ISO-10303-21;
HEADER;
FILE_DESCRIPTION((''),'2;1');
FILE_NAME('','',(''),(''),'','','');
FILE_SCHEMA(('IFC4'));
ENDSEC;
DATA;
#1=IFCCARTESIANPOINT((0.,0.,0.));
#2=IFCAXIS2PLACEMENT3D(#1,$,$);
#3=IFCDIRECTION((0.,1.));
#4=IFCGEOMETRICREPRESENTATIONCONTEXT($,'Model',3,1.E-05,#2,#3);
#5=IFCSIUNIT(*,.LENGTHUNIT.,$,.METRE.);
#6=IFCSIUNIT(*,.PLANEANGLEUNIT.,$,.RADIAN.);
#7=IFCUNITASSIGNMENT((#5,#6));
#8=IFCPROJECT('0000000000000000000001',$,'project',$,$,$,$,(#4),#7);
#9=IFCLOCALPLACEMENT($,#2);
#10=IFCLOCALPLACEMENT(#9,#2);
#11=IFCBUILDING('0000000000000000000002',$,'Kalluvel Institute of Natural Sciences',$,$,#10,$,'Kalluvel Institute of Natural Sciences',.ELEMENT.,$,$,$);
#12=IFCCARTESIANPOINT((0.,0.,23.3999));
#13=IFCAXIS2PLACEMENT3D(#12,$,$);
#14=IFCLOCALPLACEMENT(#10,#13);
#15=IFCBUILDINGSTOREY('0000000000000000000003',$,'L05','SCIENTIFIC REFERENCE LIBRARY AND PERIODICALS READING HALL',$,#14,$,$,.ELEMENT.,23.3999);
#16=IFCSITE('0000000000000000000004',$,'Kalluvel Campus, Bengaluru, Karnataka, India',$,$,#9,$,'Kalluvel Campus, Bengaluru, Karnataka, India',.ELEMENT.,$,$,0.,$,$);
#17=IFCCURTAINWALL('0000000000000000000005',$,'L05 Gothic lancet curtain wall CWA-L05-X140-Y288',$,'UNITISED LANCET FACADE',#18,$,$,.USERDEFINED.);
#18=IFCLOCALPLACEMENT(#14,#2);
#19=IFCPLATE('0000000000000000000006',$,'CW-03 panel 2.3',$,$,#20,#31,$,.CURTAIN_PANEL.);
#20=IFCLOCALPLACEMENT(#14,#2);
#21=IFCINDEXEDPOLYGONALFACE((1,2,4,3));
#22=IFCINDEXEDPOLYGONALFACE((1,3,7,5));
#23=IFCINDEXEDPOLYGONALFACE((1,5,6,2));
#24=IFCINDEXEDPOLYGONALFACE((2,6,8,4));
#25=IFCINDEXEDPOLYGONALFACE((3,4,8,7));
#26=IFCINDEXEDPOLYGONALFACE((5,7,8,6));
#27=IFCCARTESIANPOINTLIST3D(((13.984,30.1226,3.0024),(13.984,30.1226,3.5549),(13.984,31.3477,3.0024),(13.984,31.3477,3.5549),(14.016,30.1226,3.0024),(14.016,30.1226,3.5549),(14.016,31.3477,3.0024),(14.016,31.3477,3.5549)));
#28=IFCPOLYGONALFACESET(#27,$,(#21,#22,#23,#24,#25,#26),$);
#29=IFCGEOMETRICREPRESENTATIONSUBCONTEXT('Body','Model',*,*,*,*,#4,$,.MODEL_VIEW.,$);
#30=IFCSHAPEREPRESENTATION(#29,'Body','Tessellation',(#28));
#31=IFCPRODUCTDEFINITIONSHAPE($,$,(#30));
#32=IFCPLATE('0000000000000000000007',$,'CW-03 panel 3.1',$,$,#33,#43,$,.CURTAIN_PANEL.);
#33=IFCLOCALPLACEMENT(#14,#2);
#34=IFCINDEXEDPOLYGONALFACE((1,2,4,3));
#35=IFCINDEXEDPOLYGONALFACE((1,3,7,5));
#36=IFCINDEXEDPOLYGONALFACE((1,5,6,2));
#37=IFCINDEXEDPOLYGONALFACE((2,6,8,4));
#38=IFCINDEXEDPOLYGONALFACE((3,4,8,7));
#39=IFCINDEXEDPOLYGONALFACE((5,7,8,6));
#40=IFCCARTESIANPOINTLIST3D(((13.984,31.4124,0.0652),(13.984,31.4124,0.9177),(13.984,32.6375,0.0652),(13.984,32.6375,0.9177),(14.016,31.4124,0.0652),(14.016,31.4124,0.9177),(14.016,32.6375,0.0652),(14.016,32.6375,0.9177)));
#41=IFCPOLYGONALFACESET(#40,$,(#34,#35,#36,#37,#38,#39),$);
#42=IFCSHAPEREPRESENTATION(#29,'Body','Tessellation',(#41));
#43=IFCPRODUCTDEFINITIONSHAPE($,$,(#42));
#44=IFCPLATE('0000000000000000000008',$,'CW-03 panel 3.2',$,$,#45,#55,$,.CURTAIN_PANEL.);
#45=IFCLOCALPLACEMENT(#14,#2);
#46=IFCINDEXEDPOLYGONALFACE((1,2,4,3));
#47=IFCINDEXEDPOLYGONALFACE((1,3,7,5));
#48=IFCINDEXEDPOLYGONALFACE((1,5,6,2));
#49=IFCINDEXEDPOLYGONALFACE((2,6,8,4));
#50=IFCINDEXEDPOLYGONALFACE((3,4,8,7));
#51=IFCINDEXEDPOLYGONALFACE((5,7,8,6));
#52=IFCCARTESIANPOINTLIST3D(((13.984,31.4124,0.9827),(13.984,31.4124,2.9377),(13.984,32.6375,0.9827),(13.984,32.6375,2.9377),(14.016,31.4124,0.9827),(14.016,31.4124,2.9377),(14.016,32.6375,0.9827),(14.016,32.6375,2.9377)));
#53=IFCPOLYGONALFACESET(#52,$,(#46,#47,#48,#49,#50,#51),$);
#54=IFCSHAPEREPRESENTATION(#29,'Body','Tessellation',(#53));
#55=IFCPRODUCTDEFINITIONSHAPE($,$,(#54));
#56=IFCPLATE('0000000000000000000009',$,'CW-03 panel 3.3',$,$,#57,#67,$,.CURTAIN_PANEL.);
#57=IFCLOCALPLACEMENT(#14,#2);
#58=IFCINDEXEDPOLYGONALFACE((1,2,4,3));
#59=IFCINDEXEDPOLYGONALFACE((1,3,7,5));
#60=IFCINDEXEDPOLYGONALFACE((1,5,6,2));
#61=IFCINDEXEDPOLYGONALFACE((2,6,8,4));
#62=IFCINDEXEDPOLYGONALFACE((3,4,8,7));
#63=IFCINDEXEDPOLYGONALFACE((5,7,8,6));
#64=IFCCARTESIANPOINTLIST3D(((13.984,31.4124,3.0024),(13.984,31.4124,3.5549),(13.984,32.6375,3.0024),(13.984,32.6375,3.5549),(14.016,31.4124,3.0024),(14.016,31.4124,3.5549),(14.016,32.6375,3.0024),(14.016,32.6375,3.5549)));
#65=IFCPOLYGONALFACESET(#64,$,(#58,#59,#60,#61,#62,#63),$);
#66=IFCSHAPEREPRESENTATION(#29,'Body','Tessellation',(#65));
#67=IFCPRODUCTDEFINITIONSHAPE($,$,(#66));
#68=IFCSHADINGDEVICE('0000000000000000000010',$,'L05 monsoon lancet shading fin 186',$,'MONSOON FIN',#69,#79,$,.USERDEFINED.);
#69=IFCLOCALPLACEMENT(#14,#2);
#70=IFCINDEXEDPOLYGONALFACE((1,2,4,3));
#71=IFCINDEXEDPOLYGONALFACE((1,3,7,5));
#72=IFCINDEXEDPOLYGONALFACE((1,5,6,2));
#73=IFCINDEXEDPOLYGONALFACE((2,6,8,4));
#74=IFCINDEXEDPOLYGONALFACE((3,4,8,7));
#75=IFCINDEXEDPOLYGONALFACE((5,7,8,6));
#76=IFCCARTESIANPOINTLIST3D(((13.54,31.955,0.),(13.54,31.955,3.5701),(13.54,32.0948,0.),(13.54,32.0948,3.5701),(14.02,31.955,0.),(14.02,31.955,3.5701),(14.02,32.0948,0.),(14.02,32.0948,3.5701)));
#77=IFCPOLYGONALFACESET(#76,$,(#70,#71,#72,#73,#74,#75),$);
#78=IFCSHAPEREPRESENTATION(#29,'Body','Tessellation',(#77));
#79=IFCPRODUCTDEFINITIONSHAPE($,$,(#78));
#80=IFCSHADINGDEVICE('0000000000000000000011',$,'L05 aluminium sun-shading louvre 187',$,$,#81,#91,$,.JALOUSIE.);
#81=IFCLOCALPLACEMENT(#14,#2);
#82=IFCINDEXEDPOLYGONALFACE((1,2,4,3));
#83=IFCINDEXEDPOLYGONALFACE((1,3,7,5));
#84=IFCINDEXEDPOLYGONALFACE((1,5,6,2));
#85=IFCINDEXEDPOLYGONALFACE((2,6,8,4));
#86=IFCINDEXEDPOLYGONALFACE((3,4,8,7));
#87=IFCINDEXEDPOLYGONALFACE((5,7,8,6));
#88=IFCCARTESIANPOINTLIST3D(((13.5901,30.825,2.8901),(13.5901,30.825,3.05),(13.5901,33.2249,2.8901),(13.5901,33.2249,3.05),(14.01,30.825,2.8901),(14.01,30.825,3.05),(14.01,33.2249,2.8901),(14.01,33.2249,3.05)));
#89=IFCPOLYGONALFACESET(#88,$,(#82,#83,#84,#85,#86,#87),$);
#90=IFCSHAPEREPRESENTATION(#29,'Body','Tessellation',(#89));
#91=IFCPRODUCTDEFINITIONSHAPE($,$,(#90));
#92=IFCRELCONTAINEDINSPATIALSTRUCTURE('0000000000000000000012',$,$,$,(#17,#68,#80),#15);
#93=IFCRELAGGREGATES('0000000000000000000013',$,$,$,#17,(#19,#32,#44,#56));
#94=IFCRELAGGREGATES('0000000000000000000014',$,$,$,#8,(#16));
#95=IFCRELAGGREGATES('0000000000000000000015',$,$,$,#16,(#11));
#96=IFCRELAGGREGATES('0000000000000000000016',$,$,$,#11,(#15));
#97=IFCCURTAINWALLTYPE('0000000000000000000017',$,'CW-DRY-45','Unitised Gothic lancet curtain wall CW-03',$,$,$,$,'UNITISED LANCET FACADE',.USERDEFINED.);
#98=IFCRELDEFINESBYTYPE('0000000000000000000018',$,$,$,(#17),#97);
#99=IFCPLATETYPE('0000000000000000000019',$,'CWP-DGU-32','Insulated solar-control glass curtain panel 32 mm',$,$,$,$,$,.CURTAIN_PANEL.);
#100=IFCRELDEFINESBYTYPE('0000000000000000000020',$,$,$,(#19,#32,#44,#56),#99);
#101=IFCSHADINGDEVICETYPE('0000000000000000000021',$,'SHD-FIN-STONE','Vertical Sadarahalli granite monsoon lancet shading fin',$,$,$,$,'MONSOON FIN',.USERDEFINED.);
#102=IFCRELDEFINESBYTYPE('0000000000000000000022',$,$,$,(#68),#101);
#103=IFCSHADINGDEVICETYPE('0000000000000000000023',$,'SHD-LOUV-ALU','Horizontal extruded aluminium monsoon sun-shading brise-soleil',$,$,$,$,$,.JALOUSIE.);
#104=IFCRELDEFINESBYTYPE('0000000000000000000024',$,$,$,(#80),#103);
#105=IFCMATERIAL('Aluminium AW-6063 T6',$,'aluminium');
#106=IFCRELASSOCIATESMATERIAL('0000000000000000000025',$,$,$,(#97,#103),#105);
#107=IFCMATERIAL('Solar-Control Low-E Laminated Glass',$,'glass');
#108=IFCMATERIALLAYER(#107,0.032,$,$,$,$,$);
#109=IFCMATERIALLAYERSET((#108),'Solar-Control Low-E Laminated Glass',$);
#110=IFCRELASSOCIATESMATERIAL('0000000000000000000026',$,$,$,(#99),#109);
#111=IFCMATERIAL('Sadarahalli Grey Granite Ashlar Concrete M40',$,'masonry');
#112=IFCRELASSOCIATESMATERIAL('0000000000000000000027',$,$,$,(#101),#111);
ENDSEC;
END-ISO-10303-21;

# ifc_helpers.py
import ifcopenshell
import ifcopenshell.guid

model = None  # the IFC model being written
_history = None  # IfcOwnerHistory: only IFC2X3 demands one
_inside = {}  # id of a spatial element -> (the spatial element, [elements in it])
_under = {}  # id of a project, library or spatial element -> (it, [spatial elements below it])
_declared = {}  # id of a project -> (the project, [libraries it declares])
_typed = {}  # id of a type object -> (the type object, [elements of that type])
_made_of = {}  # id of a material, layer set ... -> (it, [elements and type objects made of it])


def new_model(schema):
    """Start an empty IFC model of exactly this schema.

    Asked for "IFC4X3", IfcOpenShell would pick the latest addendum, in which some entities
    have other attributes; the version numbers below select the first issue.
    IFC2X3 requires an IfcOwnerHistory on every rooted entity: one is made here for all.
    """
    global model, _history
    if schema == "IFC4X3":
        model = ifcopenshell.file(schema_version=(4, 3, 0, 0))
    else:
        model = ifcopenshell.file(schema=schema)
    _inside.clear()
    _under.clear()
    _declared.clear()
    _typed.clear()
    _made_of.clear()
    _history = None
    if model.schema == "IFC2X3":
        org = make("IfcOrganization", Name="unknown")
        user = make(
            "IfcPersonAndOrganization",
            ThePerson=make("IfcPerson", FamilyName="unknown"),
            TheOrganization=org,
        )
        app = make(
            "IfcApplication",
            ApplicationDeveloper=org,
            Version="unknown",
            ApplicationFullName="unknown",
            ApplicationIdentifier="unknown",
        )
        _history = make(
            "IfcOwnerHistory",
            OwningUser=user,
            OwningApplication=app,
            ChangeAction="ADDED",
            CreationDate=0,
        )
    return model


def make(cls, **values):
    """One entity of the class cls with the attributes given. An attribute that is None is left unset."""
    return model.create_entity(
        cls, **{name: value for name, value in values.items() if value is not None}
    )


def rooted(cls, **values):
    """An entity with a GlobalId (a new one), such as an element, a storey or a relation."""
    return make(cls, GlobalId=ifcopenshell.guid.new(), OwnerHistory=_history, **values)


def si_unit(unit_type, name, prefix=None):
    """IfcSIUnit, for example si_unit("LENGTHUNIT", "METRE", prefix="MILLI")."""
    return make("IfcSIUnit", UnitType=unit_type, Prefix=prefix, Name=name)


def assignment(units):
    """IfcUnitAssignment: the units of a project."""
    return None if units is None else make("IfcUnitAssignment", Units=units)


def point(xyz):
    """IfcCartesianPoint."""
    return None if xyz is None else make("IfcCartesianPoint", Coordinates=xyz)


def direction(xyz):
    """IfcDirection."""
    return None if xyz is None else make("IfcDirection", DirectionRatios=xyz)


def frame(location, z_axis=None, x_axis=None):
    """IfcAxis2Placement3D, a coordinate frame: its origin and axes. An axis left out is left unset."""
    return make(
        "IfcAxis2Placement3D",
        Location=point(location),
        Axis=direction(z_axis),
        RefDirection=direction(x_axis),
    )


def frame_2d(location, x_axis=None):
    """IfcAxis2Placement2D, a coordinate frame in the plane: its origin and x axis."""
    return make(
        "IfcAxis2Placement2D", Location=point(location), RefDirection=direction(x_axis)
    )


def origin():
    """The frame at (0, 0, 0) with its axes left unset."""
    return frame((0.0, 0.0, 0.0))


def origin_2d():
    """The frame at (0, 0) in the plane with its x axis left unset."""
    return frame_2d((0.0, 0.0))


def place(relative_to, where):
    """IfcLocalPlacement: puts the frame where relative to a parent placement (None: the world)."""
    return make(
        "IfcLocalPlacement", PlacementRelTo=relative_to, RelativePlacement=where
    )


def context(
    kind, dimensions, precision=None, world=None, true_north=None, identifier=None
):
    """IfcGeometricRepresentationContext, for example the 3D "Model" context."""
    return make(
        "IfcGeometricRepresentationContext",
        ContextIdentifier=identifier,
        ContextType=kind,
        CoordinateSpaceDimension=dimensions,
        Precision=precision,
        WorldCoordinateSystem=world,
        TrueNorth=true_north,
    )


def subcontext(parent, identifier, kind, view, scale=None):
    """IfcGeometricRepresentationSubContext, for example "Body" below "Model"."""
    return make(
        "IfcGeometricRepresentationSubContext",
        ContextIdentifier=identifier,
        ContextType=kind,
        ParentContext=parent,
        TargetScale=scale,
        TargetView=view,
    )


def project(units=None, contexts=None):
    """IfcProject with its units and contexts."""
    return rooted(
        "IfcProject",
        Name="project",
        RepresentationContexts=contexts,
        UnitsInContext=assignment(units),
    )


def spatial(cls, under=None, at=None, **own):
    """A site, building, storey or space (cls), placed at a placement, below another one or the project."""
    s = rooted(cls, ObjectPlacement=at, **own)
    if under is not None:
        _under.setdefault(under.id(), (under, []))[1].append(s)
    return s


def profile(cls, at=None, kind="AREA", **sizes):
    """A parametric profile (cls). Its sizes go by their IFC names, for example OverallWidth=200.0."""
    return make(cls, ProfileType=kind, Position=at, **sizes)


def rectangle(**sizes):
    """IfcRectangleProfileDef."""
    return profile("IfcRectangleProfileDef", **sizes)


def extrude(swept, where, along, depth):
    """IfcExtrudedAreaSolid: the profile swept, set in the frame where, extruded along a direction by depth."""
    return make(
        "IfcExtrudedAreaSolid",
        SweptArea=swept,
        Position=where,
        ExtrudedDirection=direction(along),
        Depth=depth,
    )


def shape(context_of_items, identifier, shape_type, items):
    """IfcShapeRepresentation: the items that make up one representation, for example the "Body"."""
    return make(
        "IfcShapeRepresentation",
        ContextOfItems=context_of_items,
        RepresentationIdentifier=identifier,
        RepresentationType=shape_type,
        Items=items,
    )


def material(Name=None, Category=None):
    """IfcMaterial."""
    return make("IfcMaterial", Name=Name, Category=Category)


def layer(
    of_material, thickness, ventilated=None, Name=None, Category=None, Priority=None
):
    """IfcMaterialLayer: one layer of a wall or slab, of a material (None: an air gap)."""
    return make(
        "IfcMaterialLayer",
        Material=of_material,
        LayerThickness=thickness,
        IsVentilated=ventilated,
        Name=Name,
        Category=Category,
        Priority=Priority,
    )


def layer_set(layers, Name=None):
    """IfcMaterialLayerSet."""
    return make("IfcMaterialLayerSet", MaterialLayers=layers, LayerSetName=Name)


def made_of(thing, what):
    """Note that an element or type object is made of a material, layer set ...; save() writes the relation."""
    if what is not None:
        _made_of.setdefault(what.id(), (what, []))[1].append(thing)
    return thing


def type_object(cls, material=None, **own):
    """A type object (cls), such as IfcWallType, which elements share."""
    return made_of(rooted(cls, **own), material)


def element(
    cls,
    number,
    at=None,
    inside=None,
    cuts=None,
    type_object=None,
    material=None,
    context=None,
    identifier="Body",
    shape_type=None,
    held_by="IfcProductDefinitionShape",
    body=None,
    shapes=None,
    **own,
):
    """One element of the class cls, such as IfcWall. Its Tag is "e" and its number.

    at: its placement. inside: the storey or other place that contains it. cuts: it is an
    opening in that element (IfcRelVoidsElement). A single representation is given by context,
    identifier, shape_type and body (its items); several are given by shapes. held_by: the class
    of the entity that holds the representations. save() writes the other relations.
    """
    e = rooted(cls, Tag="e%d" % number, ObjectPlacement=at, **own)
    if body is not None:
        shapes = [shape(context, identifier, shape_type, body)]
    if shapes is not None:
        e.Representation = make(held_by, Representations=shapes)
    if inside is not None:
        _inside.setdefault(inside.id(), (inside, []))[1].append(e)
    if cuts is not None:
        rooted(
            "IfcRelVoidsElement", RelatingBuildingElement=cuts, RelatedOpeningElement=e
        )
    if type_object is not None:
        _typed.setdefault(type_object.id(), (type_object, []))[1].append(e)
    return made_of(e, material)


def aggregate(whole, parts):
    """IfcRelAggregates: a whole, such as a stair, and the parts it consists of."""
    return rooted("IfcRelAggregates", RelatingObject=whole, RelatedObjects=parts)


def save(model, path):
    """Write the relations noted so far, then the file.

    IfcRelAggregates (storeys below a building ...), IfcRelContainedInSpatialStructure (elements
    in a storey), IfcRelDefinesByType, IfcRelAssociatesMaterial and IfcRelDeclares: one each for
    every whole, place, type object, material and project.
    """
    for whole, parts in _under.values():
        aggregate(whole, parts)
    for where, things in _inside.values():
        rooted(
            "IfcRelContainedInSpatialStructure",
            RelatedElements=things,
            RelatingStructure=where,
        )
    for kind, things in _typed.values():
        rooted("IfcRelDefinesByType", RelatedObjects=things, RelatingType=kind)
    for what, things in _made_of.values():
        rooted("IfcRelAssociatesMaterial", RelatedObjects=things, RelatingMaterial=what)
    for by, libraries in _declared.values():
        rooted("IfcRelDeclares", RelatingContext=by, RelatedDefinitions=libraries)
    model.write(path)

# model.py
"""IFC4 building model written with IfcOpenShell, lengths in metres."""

from ifc_helpers import new_model, si_unit, direction, frame, origin, origin_2d, place, context, subcontext, project, spatial, rectangle, extrude, material, layer, layer_set, type_object, element, aggregate, save


model = new_model("IFC4")

# Units and contexts
model_context = context("Model", 3, precision=1e-05, world=origin(), true_north=direction((0.0, 1.0)))
body_context = subcontext(model_context, "Body", "Model", "MODEL_VIEW")
ifc_project = project(units=[si_unit("LENGTHUNIT", "METRE"), si_unit("PLANEANGLEUNIT", "RADIAN")], contexts=[model_context])

# Site, building, storey
site_placement = place(None, origin())
site = spatial("IfcSite", under=ifc_project, at=site_placement, Name="Kalluvel Campus, Bengaluru, Karnataka, India", LongName="Kalluvel Campus, Bengaluru, Karnataka, India", CompositionType="ELEMENT", RefElevation=0.0)
building_placement = place(site_placement, origin())
building = spatial("IfcBuilding", under=site, at=building_placement, Name="Kalluvel Institute of Natural Sciences", LongName="Kalluvel Institute of Natural Sciences", CompositionType="ELEMENT")
storey_placement = place(building_placement, frame((0.0, 0.0, 23.3999)))
storey = spatial("IfcBuildingStorey", under=building, at=storey_placement, Name="L05", Description="SCIENTIFIC REFERENCE LIBRARY AND PERIODICALS READING HALL", CompositionType="ELEMENT", Elevation=23.3999)

# Curtain wall
ifc_material_1 = material(Name="Aluminium AW-6063 T6", Category="aluminium")
curtain_wall_type = type_object("IfcCurtainWallType", Name="CW-DRY-45", Description="Unitised Gothic lancet curtain wall CW-03", ElementType="UNITISED LANCET FACADE", PredefinedType="USERDEFINED", material=ifc_material_1)
curtain_wall_placement = place(storey_placement, origin())
curtain_wall = element("IfcCurtainWall", 1, at=curtain_wall_placement, inside=storey, type_object=curtain_wall_type, Name="L05 Gothic lancet curtain wall CWA-L05-X140-Y288", ObjectType="UNITISED LANCET FACADE", PredefinedType="USERDEFINED")

# Plates
ifc_material_2 = material(Name="Solar-Control Low-E Laminated Glass", Category="glass")
ifc_layer = layer(ifc_material_2, 0.032)
ifc_layer_set = layer_set([ifc_layer], Name="Solar-Control Low-E Laminated Glass")
plate_type = type_object("IfcPlateType", Name="CWP-DGU-32", Description="Insulated solar-control glass curtain panel 32 mm", PredefinedType="CURTAIN_PANEL", material=ifc_layer_set)
plate_1_placement = place(storey_placement, frame((14.0, 30.7351, 3.0024), z_axis=(0.0, 0.0, 1.0), x_axis=(0.0, 1.0, 0.0)))
plate_1 = element("IfcPlate", 2, at=plate_1_placement, type_object=plate_type, Name="CW-03 panel 2.3", PredefinedType="CURTAIN_PANEL", context=body_context, shape_type="SweptSolid", body=[
    extrude(rectangle(XDim=1.2251, YDim=0.032, at=origin_2d()), origin(), (0.0, 0.0, 1.0), 0.5525),
])
plate_2_placement = place(storey_placement, frame((14.0, 32.0249, 0.0652), z_axis=(0.0, 0.0, 1.0), x_axis=(0.0, 1.0, 0.0)))
plate_2 = element("IfcPlate", 3, at=plate_2_placement, type_object=plate_type, Name="CW-03 panel 3.1", PredefinedType="CURTAIN_PANEL", context=body_context, shape_type="SweptSolid", body=[
    extrude(rectangle(XDim=1.2251, YDim=0.032, at=origin_2d()), origin(), (0.0, 0.0, 1.0), 0.8525),
])
plate_3_placement = place(storey_placement, frame((14.0, 32.0249, 0.9827), z_axis=(0.0, 0.0, 1.0), x_axis=(0.0, 1.0, 0.0)))
plate_3 = element("IfcPlate", 4, at=plate_3_placement, type_object=plate_type, Name="CW-03 panel 3.2", PredefinedType="CURTAIN_PANEL", context=body_context, shape_type="SweptSolid", body=[
    extrude(rectangle(XDim=1.2251, YDim=0.032, at=origin_2d()), origin(), (0.0, 0.0, 1.0), 1.9551),
])
plate_4_placement = place(storey_placement, frame((14.0, 32.0249, 3.0024), z_axis=(0.0, 0.0, 1.0), x_axis=(0.0, 1.0, 0.0)))
plate_4 = element("IfcPlate", 5, at=plate_4_placement, type_object=plate_type, Name="CW-03 panel 3.3", PredefinedType="CURTAIN_PANEL", context=body_context, shape_type="SweptSolid", body=[
    extrude(rectangle(XDim=1.2251, YDim=0.032, at=origin_2d()), origin(), (0.0, 0.0, 1.0), 0.5525),
])
aggregate(curtain_wall, [plate_1, plate_2, plate_3, plate_4])

# Shading devices
ifc_material_3 = material(Name="Sadarahalli Grey Granite Ashlar Concrete M40", Category="masonry")
shading_device_type_1 = type_object("IfcShadingDeviceType", Name="SHD-FIN-STONE", Description="Vertical Sadarahalli granite monsoon lancet shading fin", ElementType="MONSOON FIN", PredefinedType="USERDEFINED", material=ifc_material_3)
shading_device_1_placement = place(storey_placement, frame((13.78, 32.0249, 0.0), z_axis=(0.0, 0.0, 1.0), x_axis=(0.0, 1.0, 0.0)))
element("IfcShadingDevice", 6, at=shading_device_1_placement, inside=storey, type_object=shading_device_type_1, Name="L05 monsoon lancet shading fin 186", ObjectType="MONSOON FIN", PredefinedType="USERDEFINED", context=body_context, shape_type="SweptSolid", body=[
    extrude(rectangle(XDim=0.1399, YDim=0.48, at=origin_2d()), origin(), (0.0, 0.0, 1.0), 3.5701),
])
shading_device_type_2 = type_object("IfcShadingDeviceType", Name="SHD-LOUV-ALU", Description="Horizontal extruded aluminium monsoon sun-shading brise-soleil", PredefinedType="JALOUSIE", material=ifc_material_1)
shading_device_2_placement = place(storey_placement, frame((13.8, 32.0249, 2.8901), z_axis=(0.0, 0.0, 1.0), x_axis=(0.0, 1.0, 0.0)))
element("IfcShadingDevice", 7, at=shading_device_2_placement, inside=storey, type_object=shading_device_type_2, Name="L05 aluminium sun-shading louvre 187", PredefinedType="JALOUSIE", context=body_context, shape_type="SweptSolid", body=[
    extrude(rectangle(XDim=2.3999, YDim=0.4199, at=origin_2d()), origin(), (0.0, 0.0, 1.0), 0.1599),
])

save(model, "model.ifc")
